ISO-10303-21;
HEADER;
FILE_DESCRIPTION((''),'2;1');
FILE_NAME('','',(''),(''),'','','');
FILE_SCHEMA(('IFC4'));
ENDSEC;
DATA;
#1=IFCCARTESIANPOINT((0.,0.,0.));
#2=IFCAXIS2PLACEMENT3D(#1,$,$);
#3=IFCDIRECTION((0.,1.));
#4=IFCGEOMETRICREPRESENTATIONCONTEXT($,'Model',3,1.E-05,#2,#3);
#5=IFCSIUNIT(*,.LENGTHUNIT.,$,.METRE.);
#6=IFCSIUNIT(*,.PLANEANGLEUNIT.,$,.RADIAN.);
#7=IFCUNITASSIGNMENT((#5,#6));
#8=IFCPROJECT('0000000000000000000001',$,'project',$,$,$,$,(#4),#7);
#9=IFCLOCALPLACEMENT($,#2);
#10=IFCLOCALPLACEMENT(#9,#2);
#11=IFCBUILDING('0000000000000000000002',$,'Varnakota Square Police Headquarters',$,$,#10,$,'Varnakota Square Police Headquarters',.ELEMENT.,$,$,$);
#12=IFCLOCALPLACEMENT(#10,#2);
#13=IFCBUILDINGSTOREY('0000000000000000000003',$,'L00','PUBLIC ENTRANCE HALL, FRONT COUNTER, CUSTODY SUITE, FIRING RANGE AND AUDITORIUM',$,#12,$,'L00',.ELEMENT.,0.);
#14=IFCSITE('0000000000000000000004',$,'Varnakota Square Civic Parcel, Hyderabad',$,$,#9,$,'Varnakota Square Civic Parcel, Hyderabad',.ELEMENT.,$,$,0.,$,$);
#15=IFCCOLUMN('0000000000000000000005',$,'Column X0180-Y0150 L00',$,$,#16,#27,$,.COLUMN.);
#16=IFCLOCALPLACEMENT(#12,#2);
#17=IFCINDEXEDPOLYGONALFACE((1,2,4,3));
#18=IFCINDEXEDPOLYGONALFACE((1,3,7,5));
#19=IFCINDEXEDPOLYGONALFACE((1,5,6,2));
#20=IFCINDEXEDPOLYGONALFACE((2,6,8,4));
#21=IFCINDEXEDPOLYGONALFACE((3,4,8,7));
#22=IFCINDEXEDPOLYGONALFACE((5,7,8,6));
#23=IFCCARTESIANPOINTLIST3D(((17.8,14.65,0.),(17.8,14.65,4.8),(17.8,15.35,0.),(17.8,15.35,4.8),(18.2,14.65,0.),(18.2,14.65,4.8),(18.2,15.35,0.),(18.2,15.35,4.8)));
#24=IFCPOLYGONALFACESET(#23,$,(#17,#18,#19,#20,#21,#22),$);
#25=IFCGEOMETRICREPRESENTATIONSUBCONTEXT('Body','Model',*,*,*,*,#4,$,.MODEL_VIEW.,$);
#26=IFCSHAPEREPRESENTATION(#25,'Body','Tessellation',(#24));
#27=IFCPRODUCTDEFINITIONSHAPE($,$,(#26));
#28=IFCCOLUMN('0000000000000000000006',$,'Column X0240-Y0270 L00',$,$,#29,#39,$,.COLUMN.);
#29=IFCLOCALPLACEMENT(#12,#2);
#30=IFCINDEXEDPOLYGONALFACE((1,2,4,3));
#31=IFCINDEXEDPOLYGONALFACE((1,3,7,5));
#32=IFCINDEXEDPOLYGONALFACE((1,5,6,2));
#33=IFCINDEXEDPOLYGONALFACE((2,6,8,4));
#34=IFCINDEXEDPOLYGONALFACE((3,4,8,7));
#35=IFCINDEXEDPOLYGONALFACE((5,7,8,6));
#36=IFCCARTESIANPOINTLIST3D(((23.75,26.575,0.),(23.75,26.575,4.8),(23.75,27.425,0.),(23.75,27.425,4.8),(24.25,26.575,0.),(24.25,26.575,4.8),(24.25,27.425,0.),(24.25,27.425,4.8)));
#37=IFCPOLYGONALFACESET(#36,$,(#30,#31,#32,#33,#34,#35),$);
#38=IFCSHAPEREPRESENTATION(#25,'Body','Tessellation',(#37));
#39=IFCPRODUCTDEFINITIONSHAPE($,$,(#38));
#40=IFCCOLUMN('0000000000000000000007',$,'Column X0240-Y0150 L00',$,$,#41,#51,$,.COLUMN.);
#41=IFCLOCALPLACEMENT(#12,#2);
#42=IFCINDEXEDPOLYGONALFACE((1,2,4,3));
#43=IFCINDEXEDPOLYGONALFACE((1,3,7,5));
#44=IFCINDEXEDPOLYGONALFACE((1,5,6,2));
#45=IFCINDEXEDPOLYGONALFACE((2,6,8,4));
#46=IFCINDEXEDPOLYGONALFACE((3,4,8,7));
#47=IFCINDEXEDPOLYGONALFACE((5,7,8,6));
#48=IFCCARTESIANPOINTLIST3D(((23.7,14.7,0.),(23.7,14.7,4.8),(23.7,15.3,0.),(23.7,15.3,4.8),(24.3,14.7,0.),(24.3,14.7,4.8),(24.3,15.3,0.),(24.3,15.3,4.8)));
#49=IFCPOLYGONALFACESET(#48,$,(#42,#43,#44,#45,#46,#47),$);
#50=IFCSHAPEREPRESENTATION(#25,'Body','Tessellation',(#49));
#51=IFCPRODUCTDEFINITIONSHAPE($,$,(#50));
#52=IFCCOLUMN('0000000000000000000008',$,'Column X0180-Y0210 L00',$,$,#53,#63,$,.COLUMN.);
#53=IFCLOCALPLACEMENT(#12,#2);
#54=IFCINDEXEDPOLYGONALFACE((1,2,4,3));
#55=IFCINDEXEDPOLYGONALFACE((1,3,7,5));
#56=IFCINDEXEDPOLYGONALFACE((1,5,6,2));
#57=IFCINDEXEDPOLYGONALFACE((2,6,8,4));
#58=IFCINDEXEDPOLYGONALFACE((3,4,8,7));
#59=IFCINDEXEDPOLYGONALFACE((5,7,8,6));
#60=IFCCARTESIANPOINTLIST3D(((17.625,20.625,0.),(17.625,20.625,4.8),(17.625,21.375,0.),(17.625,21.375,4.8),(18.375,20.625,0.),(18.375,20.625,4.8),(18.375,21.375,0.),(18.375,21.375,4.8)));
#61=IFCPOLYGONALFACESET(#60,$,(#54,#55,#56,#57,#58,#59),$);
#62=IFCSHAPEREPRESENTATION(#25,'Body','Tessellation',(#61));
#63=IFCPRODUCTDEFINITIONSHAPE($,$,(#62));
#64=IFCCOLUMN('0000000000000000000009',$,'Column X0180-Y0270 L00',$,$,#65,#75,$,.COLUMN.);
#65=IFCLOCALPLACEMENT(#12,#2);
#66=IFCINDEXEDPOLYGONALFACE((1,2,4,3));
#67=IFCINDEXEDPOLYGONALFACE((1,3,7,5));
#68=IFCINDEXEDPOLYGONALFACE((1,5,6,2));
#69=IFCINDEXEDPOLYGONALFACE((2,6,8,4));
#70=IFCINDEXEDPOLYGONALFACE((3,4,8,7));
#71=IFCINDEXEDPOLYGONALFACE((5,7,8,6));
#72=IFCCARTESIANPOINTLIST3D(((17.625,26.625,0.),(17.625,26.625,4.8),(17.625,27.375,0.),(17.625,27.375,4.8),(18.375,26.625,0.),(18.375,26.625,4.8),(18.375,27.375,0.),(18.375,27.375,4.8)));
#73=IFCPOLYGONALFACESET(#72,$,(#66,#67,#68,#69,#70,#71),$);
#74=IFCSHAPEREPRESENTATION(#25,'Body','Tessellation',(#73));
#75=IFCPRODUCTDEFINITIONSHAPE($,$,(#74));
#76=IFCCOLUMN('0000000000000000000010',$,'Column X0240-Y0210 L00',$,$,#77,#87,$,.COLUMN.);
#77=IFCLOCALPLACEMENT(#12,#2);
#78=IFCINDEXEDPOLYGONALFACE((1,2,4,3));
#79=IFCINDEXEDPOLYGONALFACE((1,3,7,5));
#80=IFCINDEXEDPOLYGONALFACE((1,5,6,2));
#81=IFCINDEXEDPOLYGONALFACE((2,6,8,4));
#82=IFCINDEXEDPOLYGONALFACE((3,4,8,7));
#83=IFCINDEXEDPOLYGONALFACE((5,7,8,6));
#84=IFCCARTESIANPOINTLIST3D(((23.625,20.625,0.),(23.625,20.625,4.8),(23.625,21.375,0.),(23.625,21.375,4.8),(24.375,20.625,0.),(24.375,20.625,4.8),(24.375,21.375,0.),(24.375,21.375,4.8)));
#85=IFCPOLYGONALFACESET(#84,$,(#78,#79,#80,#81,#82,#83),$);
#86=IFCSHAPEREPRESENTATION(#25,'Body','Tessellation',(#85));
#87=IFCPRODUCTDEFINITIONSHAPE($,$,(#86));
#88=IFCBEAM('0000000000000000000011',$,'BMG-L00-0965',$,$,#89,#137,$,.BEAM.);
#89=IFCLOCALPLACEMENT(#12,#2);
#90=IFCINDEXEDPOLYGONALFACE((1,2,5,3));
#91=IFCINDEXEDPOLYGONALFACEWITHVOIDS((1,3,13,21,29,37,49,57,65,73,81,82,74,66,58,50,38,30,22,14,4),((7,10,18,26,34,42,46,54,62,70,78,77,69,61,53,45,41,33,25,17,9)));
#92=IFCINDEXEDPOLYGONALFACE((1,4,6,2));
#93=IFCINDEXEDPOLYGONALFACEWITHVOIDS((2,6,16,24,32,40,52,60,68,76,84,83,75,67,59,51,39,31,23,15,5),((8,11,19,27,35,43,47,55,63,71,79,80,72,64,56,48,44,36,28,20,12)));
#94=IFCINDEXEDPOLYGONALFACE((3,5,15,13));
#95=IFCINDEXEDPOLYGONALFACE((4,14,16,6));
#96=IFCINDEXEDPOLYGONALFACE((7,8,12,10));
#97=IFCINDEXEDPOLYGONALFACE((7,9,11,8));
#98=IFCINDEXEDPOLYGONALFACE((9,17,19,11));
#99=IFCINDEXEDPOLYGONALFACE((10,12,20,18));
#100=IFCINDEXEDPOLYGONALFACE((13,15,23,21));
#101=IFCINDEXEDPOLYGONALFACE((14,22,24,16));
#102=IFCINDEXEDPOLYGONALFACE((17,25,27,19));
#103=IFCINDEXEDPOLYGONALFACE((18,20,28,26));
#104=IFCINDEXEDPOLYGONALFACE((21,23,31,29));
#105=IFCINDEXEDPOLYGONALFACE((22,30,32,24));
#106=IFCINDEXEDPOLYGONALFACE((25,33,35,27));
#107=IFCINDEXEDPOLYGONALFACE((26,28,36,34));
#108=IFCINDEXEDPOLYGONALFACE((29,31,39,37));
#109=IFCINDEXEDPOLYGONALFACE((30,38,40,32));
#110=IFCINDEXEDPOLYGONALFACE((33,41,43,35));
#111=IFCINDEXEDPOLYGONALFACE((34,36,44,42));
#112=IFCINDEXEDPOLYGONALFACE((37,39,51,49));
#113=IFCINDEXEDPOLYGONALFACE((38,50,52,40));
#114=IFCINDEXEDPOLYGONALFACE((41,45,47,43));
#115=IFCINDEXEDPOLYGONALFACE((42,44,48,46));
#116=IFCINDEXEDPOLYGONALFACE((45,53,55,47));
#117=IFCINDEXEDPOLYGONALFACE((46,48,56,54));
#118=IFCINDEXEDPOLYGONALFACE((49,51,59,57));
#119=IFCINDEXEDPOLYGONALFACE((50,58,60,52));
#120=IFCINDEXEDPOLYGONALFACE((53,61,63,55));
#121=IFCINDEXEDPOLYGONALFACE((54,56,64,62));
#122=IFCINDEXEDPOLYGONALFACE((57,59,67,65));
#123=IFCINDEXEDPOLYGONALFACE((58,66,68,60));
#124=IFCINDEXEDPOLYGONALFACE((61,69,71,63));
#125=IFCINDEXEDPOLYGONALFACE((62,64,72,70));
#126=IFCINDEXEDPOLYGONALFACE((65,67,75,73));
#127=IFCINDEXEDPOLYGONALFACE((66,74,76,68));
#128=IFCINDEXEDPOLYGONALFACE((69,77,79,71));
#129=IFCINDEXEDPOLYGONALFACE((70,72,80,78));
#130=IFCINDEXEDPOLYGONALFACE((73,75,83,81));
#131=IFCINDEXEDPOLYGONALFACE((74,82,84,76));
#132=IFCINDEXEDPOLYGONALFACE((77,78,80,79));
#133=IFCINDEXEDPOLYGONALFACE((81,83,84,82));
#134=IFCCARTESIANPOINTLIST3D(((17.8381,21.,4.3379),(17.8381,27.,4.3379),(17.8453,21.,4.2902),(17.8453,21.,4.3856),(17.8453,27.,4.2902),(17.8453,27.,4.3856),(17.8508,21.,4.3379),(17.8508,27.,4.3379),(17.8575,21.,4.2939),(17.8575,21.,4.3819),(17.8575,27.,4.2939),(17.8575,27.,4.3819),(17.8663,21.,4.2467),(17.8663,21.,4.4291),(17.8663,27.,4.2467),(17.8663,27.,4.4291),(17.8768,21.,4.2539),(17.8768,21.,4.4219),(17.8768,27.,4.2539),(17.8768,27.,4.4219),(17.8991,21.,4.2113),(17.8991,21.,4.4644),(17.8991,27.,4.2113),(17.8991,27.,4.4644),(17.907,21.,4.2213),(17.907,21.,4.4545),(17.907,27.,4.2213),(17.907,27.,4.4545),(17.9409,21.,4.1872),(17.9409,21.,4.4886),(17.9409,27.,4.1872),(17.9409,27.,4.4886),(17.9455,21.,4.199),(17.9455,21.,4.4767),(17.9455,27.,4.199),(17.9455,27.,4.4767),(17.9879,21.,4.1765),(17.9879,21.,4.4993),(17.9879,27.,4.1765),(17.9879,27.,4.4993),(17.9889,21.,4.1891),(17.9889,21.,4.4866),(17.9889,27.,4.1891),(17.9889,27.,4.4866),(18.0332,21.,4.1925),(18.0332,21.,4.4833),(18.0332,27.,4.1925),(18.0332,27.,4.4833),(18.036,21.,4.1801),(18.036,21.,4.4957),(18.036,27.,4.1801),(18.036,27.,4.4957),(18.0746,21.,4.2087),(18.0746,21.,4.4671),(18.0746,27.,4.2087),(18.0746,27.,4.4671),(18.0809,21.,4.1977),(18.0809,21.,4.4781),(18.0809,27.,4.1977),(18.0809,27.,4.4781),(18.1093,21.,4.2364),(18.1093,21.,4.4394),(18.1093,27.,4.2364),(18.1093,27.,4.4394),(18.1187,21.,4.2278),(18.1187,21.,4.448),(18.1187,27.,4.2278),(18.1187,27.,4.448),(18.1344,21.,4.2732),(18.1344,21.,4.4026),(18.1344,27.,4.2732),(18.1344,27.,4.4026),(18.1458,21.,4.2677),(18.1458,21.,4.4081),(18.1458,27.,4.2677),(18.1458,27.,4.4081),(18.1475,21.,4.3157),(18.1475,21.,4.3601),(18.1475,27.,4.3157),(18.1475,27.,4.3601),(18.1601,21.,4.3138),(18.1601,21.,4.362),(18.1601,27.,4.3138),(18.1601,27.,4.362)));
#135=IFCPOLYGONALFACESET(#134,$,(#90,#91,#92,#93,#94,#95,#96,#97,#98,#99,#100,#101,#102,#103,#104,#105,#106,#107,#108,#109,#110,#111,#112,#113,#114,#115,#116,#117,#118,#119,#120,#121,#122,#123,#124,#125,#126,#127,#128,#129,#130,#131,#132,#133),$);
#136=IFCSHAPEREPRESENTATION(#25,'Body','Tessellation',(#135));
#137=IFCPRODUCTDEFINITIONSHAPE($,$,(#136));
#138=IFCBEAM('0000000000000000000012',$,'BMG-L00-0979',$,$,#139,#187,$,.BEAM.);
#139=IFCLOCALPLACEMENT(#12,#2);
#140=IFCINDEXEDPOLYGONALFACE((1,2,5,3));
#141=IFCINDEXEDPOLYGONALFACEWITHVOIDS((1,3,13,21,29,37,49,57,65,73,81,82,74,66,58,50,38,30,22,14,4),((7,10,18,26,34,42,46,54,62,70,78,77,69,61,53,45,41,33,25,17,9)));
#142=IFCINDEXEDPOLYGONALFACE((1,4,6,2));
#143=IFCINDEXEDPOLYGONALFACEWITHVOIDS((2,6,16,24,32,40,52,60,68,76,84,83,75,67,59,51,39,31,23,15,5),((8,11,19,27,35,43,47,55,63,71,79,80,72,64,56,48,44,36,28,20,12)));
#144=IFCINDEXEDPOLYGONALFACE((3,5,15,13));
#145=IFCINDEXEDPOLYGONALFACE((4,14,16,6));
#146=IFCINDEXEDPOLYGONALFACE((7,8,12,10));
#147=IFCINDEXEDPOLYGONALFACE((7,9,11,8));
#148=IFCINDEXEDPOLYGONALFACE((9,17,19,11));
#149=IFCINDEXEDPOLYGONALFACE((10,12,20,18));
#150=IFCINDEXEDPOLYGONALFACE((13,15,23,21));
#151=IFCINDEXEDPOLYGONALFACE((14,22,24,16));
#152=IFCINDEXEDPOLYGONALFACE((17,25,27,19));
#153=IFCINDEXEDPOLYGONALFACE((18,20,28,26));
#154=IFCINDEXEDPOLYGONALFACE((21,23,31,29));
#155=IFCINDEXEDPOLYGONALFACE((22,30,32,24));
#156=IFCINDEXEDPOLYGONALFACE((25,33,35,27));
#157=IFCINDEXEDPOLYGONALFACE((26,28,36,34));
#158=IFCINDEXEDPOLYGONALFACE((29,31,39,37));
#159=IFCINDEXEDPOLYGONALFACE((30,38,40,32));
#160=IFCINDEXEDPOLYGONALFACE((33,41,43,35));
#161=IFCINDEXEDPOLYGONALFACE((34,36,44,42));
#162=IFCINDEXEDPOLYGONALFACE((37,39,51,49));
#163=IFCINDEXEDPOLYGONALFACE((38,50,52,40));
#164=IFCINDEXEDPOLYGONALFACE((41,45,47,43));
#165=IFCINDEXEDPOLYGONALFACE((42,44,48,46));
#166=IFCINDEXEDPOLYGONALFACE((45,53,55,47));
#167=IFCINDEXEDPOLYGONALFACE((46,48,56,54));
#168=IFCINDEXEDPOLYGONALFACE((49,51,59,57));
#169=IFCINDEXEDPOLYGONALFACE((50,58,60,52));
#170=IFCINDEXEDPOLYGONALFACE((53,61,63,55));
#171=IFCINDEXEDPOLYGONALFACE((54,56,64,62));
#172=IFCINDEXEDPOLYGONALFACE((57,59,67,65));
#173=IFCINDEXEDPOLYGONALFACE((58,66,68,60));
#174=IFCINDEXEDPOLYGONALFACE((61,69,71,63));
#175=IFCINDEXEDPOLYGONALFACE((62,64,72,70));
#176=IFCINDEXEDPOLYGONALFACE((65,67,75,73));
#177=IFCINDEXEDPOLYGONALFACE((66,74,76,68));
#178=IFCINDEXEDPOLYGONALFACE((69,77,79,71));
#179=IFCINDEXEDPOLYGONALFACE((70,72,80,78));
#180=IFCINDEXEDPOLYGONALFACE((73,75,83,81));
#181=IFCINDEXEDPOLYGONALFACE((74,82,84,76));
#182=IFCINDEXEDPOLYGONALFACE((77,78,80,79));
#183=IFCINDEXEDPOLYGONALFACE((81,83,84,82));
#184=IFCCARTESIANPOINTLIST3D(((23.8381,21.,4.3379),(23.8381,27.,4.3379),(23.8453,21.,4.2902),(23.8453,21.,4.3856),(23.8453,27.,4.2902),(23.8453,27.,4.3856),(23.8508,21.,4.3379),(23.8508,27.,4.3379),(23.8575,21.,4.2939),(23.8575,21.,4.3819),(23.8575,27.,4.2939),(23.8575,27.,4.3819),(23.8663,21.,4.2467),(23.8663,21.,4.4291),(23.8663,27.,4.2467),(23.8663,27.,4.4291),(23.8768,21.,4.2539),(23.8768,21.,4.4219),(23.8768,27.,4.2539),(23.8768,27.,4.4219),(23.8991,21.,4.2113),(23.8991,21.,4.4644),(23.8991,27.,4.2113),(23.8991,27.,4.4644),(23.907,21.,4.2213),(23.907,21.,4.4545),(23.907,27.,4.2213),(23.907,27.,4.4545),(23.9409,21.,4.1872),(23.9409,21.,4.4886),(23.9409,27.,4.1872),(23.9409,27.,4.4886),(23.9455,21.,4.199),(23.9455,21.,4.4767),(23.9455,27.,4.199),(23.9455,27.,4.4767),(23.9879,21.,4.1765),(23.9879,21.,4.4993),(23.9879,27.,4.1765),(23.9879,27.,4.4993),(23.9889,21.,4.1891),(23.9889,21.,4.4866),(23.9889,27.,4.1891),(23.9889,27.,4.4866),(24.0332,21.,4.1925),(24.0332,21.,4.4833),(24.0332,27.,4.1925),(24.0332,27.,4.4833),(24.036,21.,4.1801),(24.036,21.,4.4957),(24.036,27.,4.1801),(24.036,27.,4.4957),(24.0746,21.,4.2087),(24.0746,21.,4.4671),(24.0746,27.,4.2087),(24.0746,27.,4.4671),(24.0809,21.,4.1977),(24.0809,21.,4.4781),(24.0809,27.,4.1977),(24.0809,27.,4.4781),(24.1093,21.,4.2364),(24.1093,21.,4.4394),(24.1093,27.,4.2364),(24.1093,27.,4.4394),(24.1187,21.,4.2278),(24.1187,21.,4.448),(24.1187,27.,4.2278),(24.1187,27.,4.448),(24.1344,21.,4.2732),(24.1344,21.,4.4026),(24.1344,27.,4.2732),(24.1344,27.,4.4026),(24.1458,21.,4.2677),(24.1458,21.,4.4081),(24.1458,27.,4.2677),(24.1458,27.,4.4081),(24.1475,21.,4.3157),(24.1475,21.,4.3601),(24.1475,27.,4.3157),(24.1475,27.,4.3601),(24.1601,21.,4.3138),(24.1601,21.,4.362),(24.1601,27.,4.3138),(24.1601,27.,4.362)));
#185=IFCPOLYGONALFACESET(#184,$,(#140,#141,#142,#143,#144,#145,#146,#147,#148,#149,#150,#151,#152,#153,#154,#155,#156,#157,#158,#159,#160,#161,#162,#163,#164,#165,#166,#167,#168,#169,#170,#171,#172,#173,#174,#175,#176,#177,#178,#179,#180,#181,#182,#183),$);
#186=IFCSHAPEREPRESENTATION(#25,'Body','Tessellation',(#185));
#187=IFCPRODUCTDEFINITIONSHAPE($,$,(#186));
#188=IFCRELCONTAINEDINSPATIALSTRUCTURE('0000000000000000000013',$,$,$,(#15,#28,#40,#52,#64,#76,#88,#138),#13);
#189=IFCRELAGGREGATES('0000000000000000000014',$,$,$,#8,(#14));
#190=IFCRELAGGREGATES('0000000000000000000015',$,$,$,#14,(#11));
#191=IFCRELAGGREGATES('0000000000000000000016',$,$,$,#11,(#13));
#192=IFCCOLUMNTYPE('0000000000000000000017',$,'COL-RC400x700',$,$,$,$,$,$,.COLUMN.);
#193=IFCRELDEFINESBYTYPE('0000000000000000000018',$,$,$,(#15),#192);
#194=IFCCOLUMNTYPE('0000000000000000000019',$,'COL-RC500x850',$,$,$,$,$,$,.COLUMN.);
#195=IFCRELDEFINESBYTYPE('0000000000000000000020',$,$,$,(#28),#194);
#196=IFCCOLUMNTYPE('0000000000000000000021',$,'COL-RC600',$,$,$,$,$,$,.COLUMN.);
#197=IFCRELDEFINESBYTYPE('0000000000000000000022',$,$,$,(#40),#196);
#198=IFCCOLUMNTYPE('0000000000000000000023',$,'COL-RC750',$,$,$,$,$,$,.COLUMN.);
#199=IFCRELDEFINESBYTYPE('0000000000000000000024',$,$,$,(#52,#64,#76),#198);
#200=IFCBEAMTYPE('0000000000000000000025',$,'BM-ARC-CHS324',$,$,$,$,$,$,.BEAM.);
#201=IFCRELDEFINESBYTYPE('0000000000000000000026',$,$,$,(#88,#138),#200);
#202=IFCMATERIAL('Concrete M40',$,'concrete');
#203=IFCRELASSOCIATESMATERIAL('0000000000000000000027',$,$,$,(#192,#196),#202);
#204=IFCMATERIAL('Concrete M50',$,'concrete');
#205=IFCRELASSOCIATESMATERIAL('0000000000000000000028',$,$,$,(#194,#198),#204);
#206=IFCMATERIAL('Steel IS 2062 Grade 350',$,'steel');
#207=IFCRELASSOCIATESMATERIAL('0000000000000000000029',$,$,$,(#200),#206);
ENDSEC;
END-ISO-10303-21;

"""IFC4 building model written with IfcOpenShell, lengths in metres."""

from ifc_helpers import new_model, si_unit, direction, frame, origin, origin_2d, place, context, subcontext, project, spatial, rectangle, hollow_circle, extrude, material, material_profile, profile_set, type_object, element, save


model = new_model("IFC4")

# Units and contexts
model_context = context("Model", 3, precision=1e-05, world=origin(), true_north=direction((0.0, 1.0)))
body_context = subcontext(model_context, "Body", "Model", "MODEL_VIEW")
ifc_project = project(units=[si_unit("LENGTHUNIT", "METRE"), si_unit("PLANEANGLEUNIT", "RADIAN")], contexts=[model_context])

# Site, building, storey
site_placement = place(None, origin())
site = spatial("IfcSite", under=ifc_project, at=site_placement, Name="Varnakota Square Civic Parcel, Hyderabad", LongName="Varnakota Square Civic Parcel, Hyderabad", CompositionType="ELEMENT", RefElevation=0.0)
building_placement = place(site_placement, origin())
building = spatial("IfcBuilding", under=site, at=building_placement, Name="Varnakota Square Police Headquarters", LongName="Varnakota Square Police Headquarters", CompositionType="ELEMENT")
storey_placement = place(building_placement, origin())
storey = spatial("IfcBuildingStorey", under=building, at=storey_placement, Name="L00", Description="PUBLIC ENTRANCE HALL, FRONT COUNTER, CUSTODY SUITE, FIRING RANGE AND AUDITORIUM", LongName="L00", CompositionType="ELEMENT", Elevation=0.0)

# Columns
ifc_material_1 = material(Name="Concrete M40", Category="concrete")
ifc_material_profile_1 = material_profile(ifc_material_1, rectangle(XDim=0.3999, YDim=0.7, at=origin_2d()), Name="RC 400x700")
ifc_profile_set_1 = profile_set([ifc_material_profile_1], Name="Concrete M40")
column_type_1 = type_object("IfcColumnType", Name="COL-RC400x700", PredefinedType="COLUMN", material=ifc_profile_set_1)
column_1_placement = place(storey_placement, frame((18.0, 15.0, 0.0), z_axis=(0.0, 0.0, 1.0), x_axis=(1.0, 0.0, 0.0)))
element("IfcColumn", 1, at=column_1_placement, inside=storey, type_object=column_type_1, Name="Column X0180-Y0150 L00", PredefinedType="COLUMN", context=body_context, shape_type="SweptSolid", body=[
    extrude(rectangle(XDim=0.3999, YDim=0.7, at=origin_2d()), origin(), (0.0, 0.0, 1.0), 4.8),
])
ifc_material_2 = material(Name="Concrete M50", Category="concrete")
ifc_material_profile_2 = material_profile(ifc_material_2, rectangle(XDim=0.5, YDim=0.8501, at=origin_2d()), Name="RC 500x850")
ifc_profile_set_2 = profile_set([ifc_material_profile_2], Name="Concrete M50")
column_type_2 = type_object("IfcColumnType", Name="COL-RC500x850", PredefinedType="COLUMN", material=ifc_profile_set_2)
column_2_placement = place(storey_placement, frame((24.0, 27.0, 0.0), z_axis=(0.0, 0.0, 1.0), x_axis=(1.0, 0.0, 0.0)))
element("IfcColumn", 2, at=column_2_placement, inside=storey, type_object=column_type_2, Name="Column X0240-Y0270 L00", PredefinedType="COLUMN", context=body_context, shape_type="SweptSolid", body=[
    extrude(rectangle(XDim=0.5, YDim=0.8501, at=origin_2d()), origin(), (0.0, 0.0, 1.0), 4.8),
])
ifc_material_profile_3 = material_profile(ifc_material_1, rectangle(XDim=0.6001, YDim=0.6001, at=origin_2d()), Name="RC 600x600")
ifc_profile_set_3 = profile_set([ifc_material_profile_3], Name="Concrete M40")
column_type_3 = type_object("IfcColumnType", Name="COL-RC600", PredefinedType="COLUMN", material=ifc_profile_set_3)
column_3_placement = place(storey_placement, frame((24.0, 15.0, 0.0), z_axis=(0.0, 0.0, 1.0), x_axis=(1.0, 0.0, 0.0)))
element("IfcColumn", 3, at=column_3_placement, inside=storey, type_object=column_type_3, Name="Column X0240-Y0150 L00", PredefinedType="COLUMN", context=body_context, shape_type="SweptSolid", body=[
    extrude(rectangle(XDim=0.6001, YDim=0.6001, at=origin_2d()), origin(), (0.0, 0.0, 1.0), 4.8),
])
ifc_material_profile_4 = material_profile(ifc_material_2, rectangle(XDim=0.75, YDim=0.75, at=origin_2d()), Name="RC 750x750")
ifc_profile_set_4 = profile_set([ifc_material_profile_4], Name="Concrete M50")
column_type_4 = type_object("IfcColumnType", Name="COL-RC750", PredefinedType="COLUMN", material=ifc_profile_set_4)
for number, where, z_axis, x_axis, name in (
    (4, (18.0, 21.0, 0.0), (0.0, 0.0, 1.0), (1.0, 0.0, 0.0), "Column X0180-Y0210 L00"),
    (5, (18.0, 27.0, 0.0), (0.0, 0.0, 1.0), (1.0, 0.0, 0.0), "Column X0180-Y0270 L00"),
    (6, (24.0, 21.0, 0.0), (0.0, 0.0, 1.0), (1.0, 0.0, 0.0), "Column X0240-Y0210 L00"),
):
    element("IfcColumn", number, at=place(storey_placement, frame(where, z_axis=z_axis, x_axis=x_axis)), inside=storey, type_object=column_type_4, Name=name, PredefinedType="COLUMN", context=body_context, shape_type="SweptSolid", body=[
        extrude(rectangle(XDim=0.75, YDim=0.75, at=origin_2d()), origin(), (0.0, 0.0, 1.0), 4.8),
    ])

# Beams
ifc_material_3 = material(Name="Steel IS 2062 Grade 350", Category="steel")
ifc_material_profile_5 = material_profile(ifc_material_3, hollow_circle(Radius=0.1619, WallThickness=0.0127, at=origin_2d()), Name="CHS 323.9x12.7")
ifc_profile_set_5 = profile_set([ifc_material_profile_5], Name="Steel IS 2062 Grade 350")
beam_type_1 = type_object("IfcBeamType", Name="BM-ARC-CHS324", PredefinedType="BEAM", material=ifc_profile_set_5)
for number, where, z_axis, x_axis, name in (
    (7, (18.0, 21.0, 4.3379), (0.0, 1.0, 0.0), (-1.0, 0.0, 0.0), "BMG-L00-0965"),
    (8, (24.0, 21.0, 4.3379), (0.0, 1.0, 0.0), (-1.0, 0.0, 0.0), "BMG-L00-0979"),
):
    element("IfcBeam", number, at=place(storey_placement, frame(where, z_axis=z_axis, x_axis=x_axis)), inside=storey, type_object=beam_type_1, Name=name, PredefinedType="BEAM", context=body_context, shape_type="SweptSolid", body=[
        extrude(hollow_circle(Radius=0.1619, WallThickness=0.0127, at=origin_2d()), origin(), (0.0, 0.0, 1.0), 6.0),
    ])

save(model, "model.ifc")
